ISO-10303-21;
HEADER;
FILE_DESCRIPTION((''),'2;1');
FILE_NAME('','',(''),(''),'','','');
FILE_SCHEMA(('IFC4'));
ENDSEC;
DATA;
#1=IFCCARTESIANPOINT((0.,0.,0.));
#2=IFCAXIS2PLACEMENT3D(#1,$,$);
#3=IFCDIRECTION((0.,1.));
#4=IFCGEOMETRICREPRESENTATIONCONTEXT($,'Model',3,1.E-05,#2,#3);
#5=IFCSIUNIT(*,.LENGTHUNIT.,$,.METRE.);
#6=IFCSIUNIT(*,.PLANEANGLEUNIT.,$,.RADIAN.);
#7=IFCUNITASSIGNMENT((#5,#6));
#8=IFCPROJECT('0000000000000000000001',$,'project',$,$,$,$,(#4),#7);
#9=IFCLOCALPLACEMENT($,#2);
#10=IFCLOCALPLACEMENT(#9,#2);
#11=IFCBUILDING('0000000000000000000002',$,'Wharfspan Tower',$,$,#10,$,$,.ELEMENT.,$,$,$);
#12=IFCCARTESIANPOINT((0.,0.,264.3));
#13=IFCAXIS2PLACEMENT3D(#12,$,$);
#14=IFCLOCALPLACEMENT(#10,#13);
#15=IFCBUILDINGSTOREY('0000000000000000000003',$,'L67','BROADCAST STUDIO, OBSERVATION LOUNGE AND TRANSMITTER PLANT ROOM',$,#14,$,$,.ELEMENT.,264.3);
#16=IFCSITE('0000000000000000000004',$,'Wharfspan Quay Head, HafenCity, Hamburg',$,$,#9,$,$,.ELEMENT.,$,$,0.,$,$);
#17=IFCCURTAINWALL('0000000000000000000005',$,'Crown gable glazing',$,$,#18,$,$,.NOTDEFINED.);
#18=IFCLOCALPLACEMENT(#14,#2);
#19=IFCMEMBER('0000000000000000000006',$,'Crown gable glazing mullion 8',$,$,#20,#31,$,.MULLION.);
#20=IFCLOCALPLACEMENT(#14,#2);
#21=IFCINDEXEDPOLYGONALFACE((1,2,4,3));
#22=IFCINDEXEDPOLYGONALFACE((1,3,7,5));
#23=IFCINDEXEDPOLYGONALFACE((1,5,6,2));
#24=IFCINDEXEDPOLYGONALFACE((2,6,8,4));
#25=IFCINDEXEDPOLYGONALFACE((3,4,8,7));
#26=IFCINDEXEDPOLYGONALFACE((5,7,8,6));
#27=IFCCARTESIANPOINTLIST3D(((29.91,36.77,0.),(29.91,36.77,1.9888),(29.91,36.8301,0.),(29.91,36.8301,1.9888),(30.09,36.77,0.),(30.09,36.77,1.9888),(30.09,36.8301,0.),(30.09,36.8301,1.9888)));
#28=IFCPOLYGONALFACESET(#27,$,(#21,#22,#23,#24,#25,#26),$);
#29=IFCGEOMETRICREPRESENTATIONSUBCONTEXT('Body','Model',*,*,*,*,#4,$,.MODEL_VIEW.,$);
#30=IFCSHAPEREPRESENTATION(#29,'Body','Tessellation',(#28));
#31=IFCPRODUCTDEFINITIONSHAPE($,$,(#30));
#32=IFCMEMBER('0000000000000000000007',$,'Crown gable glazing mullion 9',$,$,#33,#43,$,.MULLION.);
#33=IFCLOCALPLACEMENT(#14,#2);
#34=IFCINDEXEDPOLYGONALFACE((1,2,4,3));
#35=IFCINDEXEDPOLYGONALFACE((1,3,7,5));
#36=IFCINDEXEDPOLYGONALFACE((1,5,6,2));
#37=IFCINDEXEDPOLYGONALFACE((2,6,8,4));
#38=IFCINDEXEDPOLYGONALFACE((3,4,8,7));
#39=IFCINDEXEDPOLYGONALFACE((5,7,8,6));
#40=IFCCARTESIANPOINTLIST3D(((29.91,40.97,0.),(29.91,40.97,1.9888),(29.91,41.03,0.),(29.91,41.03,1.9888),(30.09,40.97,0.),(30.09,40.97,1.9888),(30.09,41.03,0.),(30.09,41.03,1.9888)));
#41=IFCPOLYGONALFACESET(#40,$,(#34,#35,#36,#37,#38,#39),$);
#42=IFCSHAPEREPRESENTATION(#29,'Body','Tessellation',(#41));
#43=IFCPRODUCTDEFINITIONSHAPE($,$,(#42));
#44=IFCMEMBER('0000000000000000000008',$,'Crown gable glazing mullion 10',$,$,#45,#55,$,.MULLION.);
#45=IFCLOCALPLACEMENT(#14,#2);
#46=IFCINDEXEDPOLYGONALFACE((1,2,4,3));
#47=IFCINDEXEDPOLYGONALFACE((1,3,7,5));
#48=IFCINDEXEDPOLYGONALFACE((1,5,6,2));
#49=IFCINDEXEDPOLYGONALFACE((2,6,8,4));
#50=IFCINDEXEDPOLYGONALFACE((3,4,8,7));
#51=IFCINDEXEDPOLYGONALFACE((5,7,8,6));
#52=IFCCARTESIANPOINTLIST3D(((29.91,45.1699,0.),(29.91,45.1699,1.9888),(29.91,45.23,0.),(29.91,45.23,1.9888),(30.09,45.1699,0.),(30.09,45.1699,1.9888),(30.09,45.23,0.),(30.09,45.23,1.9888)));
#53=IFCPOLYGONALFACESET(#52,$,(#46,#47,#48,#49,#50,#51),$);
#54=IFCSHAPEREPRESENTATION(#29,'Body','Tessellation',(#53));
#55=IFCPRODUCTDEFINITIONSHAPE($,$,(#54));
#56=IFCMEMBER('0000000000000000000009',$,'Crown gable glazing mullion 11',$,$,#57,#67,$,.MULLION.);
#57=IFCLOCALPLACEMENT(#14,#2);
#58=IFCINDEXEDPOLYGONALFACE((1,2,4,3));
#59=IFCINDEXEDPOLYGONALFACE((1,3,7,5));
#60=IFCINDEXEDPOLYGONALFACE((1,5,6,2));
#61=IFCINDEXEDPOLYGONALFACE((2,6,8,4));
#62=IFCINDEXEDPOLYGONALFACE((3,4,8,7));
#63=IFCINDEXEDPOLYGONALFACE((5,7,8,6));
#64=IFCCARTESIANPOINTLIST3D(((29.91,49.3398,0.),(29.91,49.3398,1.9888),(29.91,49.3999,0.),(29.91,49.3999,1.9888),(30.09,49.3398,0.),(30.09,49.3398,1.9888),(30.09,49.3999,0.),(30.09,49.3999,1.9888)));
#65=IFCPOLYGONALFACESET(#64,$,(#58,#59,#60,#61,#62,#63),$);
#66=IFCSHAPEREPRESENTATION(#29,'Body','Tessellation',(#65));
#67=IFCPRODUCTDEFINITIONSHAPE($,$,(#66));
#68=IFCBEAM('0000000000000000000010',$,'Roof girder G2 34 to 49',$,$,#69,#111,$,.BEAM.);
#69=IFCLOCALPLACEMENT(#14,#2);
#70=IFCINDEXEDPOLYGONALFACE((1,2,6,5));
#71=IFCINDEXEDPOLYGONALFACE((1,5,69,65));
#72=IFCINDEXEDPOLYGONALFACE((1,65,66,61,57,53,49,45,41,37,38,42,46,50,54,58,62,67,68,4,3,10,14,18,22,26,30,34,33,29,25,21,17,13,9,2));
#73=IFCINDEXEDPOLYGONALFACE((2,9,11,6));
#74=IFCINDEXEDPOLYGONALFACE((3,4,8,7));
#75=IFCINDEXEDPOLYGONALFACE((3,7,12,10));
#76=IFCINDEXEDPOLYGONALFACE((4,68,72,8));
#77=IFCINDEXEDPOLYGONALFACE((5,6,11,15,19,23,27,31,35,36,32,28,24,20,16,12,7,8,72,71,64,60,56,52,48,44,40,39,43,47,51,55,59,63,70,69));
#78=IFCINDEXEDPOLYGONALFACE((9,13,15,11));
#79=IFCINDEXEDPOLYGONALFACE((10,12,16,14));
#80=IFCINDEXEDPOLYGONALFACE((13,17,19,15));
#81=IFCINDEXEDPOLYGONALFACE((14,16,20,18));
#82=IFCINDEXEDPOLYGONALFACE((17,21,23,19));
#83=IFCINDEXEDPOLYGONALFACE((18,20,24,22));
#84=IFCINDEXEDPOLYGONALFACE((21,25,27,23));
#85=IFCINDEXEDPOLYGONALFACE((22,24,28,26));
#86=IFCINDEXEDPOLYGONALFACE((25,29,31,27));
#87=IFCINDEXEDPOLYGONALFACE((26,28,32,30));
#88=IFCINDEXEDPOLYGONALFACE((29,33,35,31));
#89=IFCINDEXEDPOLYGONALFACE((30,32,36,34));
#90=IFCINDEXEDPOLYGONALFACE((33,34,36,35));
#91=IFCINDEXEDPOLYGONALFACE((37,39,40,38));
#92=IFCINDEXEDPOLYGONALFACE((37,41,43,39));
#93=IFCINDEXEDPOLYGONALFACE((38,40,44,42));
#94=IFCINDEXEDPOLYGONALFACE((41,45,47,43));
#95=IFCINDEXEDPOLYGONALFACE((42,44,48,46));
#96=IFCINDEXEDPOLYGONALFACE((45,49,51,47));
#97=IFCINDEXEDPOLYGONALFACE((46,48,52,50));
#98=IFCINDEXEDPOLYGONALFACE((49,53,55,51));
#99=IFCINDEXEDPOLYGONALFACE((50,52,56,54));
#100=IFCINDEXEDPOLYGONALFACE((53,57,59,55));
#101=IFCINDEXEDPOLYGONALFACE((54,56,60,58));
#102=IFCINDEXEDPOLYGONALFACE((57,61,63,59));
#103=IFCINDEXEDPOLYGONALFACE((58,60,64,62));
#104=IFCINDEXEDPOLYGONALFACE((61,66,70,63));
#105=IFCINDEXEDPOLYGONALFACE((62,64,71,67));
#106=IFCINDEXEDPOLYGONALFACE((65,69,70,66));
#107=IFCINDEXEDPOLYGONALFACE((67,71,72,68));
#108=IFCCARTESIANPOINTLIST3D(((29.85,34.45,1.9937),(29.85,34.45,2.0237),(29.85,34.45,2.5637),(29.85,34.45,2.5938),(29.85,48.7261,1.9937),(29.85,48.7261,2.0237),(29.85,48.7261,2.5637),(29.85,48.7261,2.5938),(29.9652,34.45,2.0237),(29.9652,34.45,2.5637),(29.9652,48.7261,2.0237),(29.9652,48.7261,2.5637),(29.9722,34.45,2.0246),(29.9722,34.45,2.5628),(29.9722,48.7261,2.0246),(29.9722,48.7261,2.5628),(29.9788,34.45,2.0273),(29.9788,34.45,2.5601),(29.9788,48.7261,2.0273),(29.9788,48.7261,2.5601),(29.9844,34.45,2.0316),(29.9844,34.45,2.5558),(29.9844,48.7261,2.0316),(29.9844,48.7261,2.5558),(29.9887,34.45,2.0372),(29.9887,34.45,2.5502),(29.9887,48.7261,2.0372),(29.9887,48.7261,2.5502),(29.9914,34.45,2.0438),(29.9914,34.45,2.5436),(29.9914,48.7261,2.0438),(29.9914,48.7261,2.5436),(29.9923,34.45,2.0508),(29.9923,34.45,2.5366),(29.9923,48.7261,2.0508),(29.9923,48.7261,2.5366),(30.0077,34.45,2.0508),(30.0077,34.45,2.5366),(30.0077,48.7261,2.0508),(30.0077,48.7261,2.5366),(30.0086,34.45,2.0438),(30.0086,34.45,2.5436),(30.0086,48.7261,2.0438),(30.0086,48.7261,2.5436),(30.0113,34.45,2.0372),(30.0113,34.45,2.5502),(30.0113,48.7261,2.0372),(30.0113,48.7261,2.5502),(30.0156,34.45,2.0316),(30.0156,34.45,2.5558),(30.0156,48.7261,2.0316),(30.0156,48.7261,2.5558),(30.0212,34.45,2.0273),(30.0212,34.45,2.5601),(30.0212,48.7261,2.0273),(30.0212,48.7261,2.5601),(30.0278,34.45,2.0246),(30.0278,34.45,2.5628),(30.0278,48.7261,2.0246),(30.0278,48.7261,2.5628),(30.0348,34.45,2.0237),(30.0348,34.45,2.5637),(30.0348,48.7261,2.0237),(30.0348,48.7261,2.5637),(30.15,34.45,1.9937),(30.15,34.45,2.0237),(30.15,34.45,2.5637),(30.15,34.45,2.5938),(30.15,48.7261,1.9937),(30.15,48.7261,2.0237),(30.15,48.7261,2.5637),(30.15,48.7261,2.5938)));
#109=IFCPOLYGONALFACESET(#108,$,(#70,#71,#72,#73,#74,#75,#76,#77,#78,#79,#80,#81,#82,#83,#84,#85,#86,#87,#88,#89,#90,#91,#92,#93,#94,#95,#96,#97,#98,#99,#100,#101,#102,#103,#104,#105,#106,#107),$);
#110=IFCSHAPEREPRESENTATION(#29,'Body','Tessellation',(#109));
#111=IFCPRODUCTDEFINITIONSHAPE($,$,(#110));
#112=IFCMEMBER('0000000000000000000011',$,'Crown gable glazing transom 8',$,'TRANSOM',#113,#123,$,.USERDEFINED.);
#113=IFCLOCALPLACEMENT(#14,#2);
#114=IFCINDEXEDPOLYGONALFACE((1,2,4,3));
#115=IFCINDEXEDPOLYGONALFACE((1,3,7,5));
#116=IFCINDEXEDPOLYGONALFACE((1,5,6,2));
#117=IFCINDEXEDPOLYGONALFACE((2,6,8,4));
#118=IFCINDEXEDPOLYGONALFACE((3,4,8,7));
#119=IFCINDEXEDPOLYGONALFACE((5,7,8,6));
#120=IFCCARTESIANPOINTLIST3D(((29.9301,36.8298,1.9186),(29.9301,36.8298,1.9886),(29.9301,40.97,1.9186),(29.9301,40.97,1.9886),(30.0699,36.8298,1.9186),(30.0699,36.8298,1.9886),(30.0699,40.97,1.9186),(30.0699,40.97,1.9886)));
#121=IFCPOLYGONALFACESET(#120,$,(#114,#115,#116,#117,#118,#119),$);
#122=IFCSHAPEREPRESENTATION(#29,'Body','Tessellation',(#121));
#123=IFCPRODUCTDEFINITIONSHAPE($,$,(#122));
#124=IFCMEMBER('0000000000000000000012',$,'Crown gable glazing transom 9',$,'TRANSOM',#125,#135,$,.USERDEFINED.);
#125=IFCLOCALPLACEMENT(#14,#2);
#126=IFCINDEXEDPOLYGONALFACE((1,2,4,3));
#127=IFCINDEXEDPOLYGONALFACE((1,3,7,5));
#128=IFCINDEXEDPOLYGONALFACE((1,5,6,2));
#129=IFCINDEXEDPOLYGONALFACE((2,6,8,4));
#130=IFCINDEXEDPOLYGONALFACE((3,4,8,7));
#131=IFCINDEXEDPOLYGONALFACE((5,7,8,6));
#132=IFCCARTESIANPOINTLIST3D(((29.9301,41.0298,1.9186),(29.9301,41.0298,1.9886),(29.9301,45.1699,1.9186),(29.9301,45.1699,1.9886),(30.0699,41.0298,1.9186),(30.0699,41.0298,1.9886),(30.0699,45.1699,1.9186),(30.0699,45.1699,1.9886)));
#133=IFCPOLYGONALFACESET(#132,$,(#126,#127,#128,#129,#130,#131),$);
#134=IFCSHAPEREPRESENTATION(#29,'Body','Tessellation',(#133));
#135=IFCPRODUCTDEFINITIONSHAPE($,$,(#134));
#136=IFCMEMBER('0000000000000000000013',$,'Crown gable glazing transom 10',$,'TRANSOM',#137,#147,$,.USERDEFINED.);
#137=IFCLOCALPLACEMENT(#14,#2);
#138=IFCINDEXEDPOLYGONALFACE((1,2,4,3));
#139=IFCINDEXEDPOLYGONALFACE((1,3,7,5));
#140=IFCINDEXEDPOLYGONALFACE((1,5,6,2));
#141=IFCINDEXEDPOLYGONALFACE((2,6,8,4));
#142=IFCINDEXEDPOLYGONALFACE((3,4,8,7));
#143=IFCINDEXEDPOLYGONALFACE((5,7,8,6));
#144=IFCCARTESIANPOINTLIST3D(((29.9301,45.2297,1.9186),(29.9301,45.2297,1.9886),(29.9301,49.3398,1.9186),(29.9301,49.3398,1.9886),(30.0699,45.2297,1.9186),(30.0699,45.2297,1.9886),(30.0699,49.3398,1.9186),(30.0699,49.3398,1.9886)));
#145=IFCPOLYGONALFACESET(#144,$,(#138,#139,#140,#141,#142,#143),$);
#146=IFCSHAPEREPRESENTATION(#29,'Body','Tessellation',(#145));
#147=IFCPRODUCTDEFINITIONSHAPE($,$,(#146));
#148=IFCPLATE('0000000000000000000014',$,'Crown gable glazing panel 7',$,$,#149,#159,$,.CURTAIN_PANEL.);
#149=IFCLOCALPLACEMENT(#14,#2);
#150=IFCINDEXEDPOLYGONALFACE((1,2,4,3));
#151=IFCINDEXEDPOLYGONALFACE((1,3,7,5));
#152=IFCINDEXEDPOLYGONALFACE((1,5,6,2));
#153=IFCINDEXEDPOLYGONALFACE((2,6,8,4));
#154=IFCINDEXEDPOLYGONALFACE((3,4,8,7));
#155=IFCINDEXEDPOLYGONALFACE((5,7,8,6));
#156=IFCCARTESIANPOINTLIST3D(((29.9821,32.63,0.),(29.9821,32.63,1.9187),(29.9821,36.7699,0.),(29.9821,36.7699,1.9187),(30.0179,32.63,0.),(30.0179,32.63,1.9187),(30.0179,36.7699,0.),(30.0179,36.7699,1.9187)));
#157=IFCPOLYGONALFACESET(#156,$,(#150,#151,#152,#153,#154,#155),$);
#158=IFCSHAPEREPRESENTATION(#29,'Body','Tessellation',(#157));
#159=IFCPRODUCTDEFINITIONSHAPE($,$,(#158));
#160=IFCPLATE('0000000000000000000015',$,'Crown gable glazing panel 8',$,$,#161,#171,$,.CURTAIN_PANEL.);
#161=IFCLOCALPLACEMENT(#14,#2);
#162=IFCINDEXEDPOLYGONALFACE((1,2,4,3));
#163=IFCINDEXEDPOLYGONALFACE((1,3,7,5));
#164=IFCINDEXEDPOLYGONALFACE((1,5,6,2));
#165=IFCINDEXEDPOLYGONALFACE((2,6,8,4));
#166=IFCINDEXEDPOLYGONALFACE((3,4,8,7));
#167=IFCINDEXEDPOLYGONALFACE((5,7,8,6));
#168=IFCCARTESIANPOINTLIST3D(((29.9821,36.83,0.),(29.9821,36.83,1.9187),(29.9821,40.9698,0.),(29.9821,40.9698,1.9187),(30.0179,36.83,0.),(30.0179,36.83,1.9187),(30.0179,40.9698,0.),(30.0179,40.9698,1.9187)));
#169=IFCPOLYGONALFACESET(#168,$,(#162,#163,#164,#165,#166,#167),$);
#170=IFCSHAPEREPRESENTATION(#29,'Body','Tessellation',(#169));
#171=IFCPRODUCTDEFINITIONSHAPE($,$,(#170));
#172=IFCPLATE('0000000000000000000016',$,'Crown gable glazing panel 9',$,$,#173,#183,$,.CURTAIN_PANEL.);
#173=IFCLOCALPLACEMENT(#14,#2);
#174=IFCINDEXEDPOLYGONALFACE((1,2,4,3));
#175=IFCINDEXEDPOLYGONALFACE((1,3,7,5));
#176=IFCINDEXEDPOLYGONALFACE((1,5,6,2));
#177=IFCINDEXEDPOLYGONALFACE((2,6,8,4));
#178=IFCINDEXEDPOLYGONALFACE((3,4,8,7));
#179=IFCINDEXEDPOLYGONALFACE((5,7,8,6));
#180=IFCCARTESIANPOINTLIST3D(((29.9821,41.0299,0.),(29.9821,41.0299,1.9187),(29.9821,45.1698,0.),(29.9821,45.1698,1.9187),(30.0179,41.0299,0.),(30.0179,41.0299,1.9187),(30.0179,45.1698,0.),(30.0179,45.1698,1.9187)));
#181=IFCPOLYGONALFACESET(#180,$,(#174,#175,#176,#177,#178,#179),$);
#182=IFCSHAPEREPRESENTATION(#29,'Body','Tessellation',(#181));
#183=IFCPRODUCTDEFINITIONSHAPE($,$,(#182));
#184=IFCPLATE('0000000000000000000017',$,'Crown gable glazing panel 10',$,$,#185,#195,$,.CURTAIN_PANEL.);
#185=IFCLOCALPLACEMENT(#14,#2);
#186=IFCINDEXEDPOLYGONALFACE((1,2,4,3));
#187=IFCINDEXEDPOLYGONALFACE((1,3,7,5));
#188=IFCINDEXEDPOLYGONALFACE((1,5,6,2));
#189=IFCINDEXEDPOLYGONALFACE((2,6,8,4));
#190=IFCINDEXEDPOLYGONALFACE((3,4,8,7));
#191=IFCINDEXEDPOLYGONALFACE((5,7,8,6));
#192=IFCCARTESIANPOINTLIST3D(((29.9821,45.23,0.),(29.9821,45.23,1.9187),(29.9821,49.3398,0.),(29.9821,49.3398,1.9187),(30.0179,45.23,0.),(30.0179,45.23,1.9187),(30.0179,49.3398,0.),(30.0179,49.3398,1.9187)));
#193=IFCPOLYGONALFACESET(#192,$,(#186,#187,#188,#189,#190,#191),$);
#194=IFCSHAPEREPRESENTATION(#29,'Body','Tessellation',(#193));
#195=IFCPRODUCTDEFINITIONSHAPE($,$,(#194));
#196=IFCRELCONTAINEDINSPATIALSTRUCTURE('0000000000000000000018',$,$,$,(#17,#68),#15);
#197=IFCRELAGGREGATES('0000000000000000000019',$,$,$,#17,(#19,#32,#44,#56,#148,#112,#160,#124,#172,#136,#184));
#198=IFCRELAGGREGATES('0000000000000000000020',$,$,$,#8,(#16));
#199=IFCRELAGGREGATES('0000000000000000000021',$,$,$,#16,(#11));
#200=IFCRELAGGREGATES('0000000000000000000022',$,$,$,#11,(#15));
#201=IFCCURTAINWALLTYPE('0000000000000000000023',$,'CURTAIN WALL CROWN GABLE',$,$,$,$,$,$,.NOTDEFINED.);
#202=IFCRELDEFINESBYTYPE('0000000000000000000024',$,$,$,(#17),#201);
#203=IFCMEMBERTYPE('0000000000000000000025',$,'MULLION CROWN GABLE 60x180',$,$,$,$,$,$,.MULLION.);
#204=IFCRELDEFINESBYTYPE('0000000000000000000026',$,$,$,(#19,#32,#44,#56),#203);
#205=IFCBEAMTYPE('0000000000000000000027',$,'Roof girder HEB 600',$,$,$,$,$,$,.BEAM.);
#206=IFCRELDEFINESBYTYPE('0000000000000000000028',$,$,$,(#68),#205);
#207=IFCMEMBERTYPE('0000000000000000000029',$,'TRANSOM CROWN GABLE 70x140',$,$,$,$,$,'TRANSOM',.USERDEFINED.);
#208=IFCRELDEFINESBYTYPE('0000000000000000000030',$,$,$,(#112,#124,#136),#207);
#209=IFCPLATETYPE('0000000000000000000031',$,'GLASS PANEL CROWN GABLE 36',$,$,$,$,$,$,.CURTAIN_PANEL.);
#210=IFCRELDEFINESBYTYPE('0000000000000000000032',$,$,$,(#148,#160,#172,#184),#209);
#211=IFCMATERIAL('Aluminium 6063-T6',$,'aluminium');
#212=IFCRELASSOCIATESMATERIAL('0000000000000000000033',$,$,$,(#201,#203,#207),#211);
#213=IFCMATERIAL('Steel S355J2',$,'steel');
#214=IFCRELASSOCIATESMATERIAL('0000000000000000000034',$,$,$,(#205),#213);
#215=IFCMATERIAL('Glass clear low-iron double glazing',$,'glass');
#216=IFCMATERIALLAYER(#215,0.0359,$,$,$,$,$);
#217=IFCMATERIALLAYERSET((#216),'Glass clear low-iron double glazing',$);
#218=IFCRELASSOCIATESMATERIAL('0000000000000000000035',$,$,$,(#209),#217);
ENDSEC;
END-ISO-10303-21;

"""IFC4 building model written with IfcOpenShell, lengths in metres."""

from ifc_helpers import new_model, si_unit, direction, frame, origin, origin_2d, place, context, subcontext, project, spatial, rectangle, i_section, extrude, material, layer, layer_set, material_profile, profile_set, type_object, element, aggregate, save


model = new_model("IFC4")

# Units and contexts
model_context = context("Model", 3, precision=1e-05, world=origin(), true_north=direction((0.0, 1.0)))
body_context = subcontext(model_context, "Body", "Model", "MODEL_VIEW")
ifc_project = project(units=[si_unit("LENGTHUNIT", "METRE"), si_unit("PLANEANGLEUNIT", "RADIAN")], contexts=[model_context])

# Site, building, storey
site_placement = place(None, origin())
site = spatial("IfcSite", under=ifc_project, at=site_placement, Name="Wharfspan Quay Head, HafenCity, Hamburg", CompositionType="ELEMENT", RefElevation=0.0)
building_placement = place(site_placement, origin())
building = spatial("IfcBuilding", under=site, at=building_placement, Name="Wharfspan Tower", CompositionType="ELEMENT")
storey_placement = place(building_placement, frame((0.0, 0.0, 264.3)))
storey = spatial("IfcBuildingStorey", under=building, at=storey_placement, Name="L67", Description="BROADCAST STUDIO, OBSERVATION LOUNGE AND TRANSMITTER PLANT ROOM", CompositionType="ELEMENT", Elevation=264.3)

# Curtain wall, members
ifc_material_1 = material(Name="Aluminium 6063-T6", Category="aluminium")
curtain_wall_type = type_object("IfcCurtainWallType", Name="CURTAIN WALL CROWN GABLE", PredefinedType="NOTDEFINED", material=ifc_material_1)
curtain_wall_placement = place(storey_placement, origin())
curtain_wall = element("IfcCurtainWall", 1, at=curtain_wall_placement, inside=storey, type_object=curtain_wall_type, Name="Crown gable glazing", PredefinedType="NOTDEFINED")
ifc_material_profile_1 = material_profile(ifc_material_1, rectangle(XDim=0.1799, YDim=0.0601, at=origin_2d()))
ifc_profile_set_1 = profile_set([ifc_material_profile_1], Name="Aluminium 6063-T6")
member_type_1 = type_object("IfcMemberType", Name="MULLION CROWN GABLE 60x180", PredefinedType="MULLION", material=ifc_profile_set_1)
member_1_placement = place(storey_placement, frame((30.0, 36.8, 0.0), z_axis=(0.0, 0.0, 1.0), x_axis=(-1.0, 0.0, 0.0)))
member_1 = element("IfcMember", 2, at=member_1_placement, type_object=member_type_1, Name="Crown gable glazing mullion 8", PredefinedType="MULLION", context=body_context, shape_type="SweptSolid", body=[
    extrude(rectangle(XDim=0.1799, YDim=0.0601, at=origin_2d()), origin(), (0.0, 0.0, 1.0), 1.9888),
])
member_2_placement = place(storey_placement, frame((30.0, 41.0, 0.0), z_axis=(0.0, 0.0, 1.0), x_axis=(-1.0, 0.0, 0.0)))
member_2 = element("IfcMember", 3, at=member_2_placement, type_object=member_type_1, Name="Crown gable glazing mullion 9", PredefinedType="MULLION", context=body_context, shape_type="SweptSolid", body=[
    extrude(rectangle(XDim=0.1799, YDim=0.0601, at=origin_2d()), origin(), (0.0, 0.0, 1.0), 1.9888),
])
member_3_placement = place(storey_placement, frame((30.0, 45.2, 0.0), z_axis=(0.0, 0.0, 1.0), x_axis=(-1.0, 0.0, 0.0)))
member_3 = element("IfcMember", 4, at=member_3_placement, type_object=member_type_1, Name="Crown gable glazing mullion 10", PredefinedType="MULLION", context=body_context, shape_type="SweptSolid", body=[
    extrude(rectangle(XDim=0.1799, YDim=0.0601, at=origin_2d()), origin(), (0.0, 0.0, 1.0), 1.9888),
])
member_4_placement = place(storey_placement, frame((30.0, 49.3699, 0.0), z_axis=(0.0, 0.0, 1.0), x_axis=(-1.0, 0.0, 0.0)))
member_4 = element("IfcMember", 5, at=member_4_placement, type_object=member_type_1, Name="Crown gable glazing mullion 11", PredefinedType="MULLION", context=body_context, shape_type="SweptSolid", body=[
    extrude(rectangle(XDim=0.1799, YDim=0.0601, at=origin_2d()), origin(), (0.0, 0.0, 1.0), 1.9888),
])

# Beam
ifc_material_2 = material(Name="Steel S355J2", Category="steel")
ifc_material_profile_2 = material_profile(ifc_material_2, i_section(OverallWidth=0.3, OverallDepth=0.6001, WebThickness=0.0154, FlangeThickness=0.03, FilletRadius=0.0271, at=origin_2d()))
ifc_profile_set_2 = profile_set([ifc_material_profile_2], Name="Steel S355J2")
beam_type = type_object("IfcBeamType", Name="Roof girder HEB 600", PredefinedType="BEAM", material=ifc_profile_set_2)
beam_placement = place(storey_placement, frame((30.0, 34.45, 2.2937), z_axis=(0.0, 1.0, 0.0), x_axis=(-1.0, 0.0, 0.0)))
element("IfcBeam", 6, at=beam_placement, inside=storey, type_object=beam_type, Name="Roof girder G2 34 to 49", PredefinedType="BEAM", context=body_context, shape_type="SweptSolid", body=[
    extrude(i_section(OverallWidth=0.3, OverallDepth=0.6001, WebThickness=0.0154, FlangeThickness=0.03, FilletRadius=0.0271, at=origin_2d()), origin(), (0.0, 0.0, 1.0), 14.2761),
])

# Members
ifc_material_profile_3 = material_profile(ifc_material_1, rectangle(XDim=0.1399, YDim=0.0701, at=origin_2d()))
ifc_profile_set_3 = profile_set([ifc_material_profile_3], Name="Aluminium 6063-T6")
member_type_2 = type_object("IfcMemberType", Name="TRANSOM CROWN GABLE 70x140", ElementType="TRANSOM", PredefinedType="USERDEFINED", material=ifc_profile_set_3)
member_5_placement = place(storey_placement, frame((30.0, 36.8298, 1.9536), z_axis=(0.0, 1.0, 0.0), x_axis=(-1.0, 0.0, 0.0)))
member_5 = element("IfcMember", 7, at=member_5_placement, type_object=member_type_2, Name="Crown gable glazing transom 8", ObjectType="TRANSOM", PredefinedType="USERDEFINED", context=body_context, shape_type="SweptSolid", body=[
    extrude(rectangle(XDim=0.1399, YDim=0.0701, at=origin_2d()), origin(), (0.0, 0.0, 1.0), 4.1401),
])
member_6_placement = place(storey_placement, frame((30.0, 41.0298, 1.9536), z_axis=(0.0, 1.0, 0.0), x_axis=(-1.0, 0.0, 0.0)))
member_6 = element("IfcMember", 8, at=member_6_placement, type_object=member_type_2, Name="Crown gable glazing transom 9", ObjectType="TRANSOM", PredefinedType="USERDEFINED", context=body_context, shape_type="SweptSolid", body=[
    extrude(rectangle(XDim=0.1399, YDim=0.0701, at=origin_2d()), origin(), (0.0, 0.0, 1.0), 4.1401),
])
member_7_placement = place(storey_placement, frame((30.0, 45.2297, 1.9536), z_axis=(0.0, 1.0, 0.0), x_axis=(-1.0, 0.0, 0.0)))
member_7 = element("IfcMember", 9, at=member_7_placement, type_object=member_type_2, Name="Crown gable glazing transom 10", ObjectType="TRANSOM", PredefinedType="USERDEFINED", context=body_context, shape_type="SweptSolid", body=[
    extrude(rectangle(XDim=0.1399, YDim=0.0701, at=origin_2d()), origin(), (0.0, 0.0, 1.0), 4.1101),
])

# Plates
ifc_material_3 = material(Name="Glass clear low-iron double glazing", Category="glass")
ifc_layer = layer(ifc_material_3, 0.0359)
ifc_layer_set = layer_set([ifc_layer], Name="Glass clear low-iron double glazing")
plate_type = type_object("IfcPlateType", Name="GLASS PANEL CROWN GABLE 36", PredefinedType="CURTAIN_PANEL", material=ifc_layer_set)
plate_1_placement = place(storey_placement, frame((30.0, 34.7, 0.0), z_axis=(0.0, 0.0, 1.0), x_axis=(0.0, 1.0, 0.0)))
plate_1 = element("IfcPlate", 10, at=plate_1_placement, type_object=plate_type, Name="Crown gable glazing panel 7", PredefinedType="CURTAIN_PANEL", context=body_context, shape_type="SweptSolid", body=[
    extrude(rectangle(XDim=4.1399, YDim=0.0359, at=origin_2d()), origin(), (0.0, 0.0, 1.0), 1.9187),
])
plate_2_placement = place(storey_placement, frame((30.0, 38.8999, 0.0), z_axis=(0.0, 0.0, 1.0), x_axis=(0.0, 1.0, 0.0)))
plate_2 = element("IfcPlate", 11, at=plate_2_placement, type_object=plate_type, Name="Crown gable glazing panel 8", PredefinedType="CURTAIN_PANEL", context=body_context, shape_type="SweptSolid", body=[
    extrude(rectangle(XDim=4.1399, YDim=0.0359, at=origin_2d()), origin(), (0.0, 0.0, 1.0), 1.9187),
])
plate_3_placement = place(storey_placement, frame((30.0, 43.0999, 0.0), z_axis=(0.0, 0.0, 1.0), x_axis=(0.0, 1.0, 0.0)))
plate_3 = element("IfcPlate", 12, at=plate_3_placement, type_object=plate_type, Name="Crown gable glazing panel 9", PredefinedType="CURTAIN_PANEL", context=body_context, shape_type="SweptSolid", body=[
    extrude(rectangle(XDim=4.1399, YDim=0.0359, at=origin_2d()), origin(), (0.0, 0.0, 1.0), 1.9187),
])
plate_4_placement = place(storey_placement, frame((30.0, 47.2849, 0.0), z_axis=(0.0, 0.0, 1.0), x_axis=(0.0, 1.0, 0.0)))
plate_4 = element("IfcPlate", 13, at=plate_4_placement, type_object=plate_type, Name="Crown gable glazing panel 10", PredefinedType="CURTAIN_PANEL", context=body_context, shape_type="SweptSolid", body=[
    extrude(rectangle(XDim=4.1099, YDim=0.0359, at=origin_2d()), origin(), (0.0, 0.0, 1.0), 1.9187),
])
aggregate(curtain_wall, [member_1, member_2, member_3, member_4, plate_1, member_5, plate_2, member_6, plate_3, member_7, plate_4])

save(model, "model.ifc")
